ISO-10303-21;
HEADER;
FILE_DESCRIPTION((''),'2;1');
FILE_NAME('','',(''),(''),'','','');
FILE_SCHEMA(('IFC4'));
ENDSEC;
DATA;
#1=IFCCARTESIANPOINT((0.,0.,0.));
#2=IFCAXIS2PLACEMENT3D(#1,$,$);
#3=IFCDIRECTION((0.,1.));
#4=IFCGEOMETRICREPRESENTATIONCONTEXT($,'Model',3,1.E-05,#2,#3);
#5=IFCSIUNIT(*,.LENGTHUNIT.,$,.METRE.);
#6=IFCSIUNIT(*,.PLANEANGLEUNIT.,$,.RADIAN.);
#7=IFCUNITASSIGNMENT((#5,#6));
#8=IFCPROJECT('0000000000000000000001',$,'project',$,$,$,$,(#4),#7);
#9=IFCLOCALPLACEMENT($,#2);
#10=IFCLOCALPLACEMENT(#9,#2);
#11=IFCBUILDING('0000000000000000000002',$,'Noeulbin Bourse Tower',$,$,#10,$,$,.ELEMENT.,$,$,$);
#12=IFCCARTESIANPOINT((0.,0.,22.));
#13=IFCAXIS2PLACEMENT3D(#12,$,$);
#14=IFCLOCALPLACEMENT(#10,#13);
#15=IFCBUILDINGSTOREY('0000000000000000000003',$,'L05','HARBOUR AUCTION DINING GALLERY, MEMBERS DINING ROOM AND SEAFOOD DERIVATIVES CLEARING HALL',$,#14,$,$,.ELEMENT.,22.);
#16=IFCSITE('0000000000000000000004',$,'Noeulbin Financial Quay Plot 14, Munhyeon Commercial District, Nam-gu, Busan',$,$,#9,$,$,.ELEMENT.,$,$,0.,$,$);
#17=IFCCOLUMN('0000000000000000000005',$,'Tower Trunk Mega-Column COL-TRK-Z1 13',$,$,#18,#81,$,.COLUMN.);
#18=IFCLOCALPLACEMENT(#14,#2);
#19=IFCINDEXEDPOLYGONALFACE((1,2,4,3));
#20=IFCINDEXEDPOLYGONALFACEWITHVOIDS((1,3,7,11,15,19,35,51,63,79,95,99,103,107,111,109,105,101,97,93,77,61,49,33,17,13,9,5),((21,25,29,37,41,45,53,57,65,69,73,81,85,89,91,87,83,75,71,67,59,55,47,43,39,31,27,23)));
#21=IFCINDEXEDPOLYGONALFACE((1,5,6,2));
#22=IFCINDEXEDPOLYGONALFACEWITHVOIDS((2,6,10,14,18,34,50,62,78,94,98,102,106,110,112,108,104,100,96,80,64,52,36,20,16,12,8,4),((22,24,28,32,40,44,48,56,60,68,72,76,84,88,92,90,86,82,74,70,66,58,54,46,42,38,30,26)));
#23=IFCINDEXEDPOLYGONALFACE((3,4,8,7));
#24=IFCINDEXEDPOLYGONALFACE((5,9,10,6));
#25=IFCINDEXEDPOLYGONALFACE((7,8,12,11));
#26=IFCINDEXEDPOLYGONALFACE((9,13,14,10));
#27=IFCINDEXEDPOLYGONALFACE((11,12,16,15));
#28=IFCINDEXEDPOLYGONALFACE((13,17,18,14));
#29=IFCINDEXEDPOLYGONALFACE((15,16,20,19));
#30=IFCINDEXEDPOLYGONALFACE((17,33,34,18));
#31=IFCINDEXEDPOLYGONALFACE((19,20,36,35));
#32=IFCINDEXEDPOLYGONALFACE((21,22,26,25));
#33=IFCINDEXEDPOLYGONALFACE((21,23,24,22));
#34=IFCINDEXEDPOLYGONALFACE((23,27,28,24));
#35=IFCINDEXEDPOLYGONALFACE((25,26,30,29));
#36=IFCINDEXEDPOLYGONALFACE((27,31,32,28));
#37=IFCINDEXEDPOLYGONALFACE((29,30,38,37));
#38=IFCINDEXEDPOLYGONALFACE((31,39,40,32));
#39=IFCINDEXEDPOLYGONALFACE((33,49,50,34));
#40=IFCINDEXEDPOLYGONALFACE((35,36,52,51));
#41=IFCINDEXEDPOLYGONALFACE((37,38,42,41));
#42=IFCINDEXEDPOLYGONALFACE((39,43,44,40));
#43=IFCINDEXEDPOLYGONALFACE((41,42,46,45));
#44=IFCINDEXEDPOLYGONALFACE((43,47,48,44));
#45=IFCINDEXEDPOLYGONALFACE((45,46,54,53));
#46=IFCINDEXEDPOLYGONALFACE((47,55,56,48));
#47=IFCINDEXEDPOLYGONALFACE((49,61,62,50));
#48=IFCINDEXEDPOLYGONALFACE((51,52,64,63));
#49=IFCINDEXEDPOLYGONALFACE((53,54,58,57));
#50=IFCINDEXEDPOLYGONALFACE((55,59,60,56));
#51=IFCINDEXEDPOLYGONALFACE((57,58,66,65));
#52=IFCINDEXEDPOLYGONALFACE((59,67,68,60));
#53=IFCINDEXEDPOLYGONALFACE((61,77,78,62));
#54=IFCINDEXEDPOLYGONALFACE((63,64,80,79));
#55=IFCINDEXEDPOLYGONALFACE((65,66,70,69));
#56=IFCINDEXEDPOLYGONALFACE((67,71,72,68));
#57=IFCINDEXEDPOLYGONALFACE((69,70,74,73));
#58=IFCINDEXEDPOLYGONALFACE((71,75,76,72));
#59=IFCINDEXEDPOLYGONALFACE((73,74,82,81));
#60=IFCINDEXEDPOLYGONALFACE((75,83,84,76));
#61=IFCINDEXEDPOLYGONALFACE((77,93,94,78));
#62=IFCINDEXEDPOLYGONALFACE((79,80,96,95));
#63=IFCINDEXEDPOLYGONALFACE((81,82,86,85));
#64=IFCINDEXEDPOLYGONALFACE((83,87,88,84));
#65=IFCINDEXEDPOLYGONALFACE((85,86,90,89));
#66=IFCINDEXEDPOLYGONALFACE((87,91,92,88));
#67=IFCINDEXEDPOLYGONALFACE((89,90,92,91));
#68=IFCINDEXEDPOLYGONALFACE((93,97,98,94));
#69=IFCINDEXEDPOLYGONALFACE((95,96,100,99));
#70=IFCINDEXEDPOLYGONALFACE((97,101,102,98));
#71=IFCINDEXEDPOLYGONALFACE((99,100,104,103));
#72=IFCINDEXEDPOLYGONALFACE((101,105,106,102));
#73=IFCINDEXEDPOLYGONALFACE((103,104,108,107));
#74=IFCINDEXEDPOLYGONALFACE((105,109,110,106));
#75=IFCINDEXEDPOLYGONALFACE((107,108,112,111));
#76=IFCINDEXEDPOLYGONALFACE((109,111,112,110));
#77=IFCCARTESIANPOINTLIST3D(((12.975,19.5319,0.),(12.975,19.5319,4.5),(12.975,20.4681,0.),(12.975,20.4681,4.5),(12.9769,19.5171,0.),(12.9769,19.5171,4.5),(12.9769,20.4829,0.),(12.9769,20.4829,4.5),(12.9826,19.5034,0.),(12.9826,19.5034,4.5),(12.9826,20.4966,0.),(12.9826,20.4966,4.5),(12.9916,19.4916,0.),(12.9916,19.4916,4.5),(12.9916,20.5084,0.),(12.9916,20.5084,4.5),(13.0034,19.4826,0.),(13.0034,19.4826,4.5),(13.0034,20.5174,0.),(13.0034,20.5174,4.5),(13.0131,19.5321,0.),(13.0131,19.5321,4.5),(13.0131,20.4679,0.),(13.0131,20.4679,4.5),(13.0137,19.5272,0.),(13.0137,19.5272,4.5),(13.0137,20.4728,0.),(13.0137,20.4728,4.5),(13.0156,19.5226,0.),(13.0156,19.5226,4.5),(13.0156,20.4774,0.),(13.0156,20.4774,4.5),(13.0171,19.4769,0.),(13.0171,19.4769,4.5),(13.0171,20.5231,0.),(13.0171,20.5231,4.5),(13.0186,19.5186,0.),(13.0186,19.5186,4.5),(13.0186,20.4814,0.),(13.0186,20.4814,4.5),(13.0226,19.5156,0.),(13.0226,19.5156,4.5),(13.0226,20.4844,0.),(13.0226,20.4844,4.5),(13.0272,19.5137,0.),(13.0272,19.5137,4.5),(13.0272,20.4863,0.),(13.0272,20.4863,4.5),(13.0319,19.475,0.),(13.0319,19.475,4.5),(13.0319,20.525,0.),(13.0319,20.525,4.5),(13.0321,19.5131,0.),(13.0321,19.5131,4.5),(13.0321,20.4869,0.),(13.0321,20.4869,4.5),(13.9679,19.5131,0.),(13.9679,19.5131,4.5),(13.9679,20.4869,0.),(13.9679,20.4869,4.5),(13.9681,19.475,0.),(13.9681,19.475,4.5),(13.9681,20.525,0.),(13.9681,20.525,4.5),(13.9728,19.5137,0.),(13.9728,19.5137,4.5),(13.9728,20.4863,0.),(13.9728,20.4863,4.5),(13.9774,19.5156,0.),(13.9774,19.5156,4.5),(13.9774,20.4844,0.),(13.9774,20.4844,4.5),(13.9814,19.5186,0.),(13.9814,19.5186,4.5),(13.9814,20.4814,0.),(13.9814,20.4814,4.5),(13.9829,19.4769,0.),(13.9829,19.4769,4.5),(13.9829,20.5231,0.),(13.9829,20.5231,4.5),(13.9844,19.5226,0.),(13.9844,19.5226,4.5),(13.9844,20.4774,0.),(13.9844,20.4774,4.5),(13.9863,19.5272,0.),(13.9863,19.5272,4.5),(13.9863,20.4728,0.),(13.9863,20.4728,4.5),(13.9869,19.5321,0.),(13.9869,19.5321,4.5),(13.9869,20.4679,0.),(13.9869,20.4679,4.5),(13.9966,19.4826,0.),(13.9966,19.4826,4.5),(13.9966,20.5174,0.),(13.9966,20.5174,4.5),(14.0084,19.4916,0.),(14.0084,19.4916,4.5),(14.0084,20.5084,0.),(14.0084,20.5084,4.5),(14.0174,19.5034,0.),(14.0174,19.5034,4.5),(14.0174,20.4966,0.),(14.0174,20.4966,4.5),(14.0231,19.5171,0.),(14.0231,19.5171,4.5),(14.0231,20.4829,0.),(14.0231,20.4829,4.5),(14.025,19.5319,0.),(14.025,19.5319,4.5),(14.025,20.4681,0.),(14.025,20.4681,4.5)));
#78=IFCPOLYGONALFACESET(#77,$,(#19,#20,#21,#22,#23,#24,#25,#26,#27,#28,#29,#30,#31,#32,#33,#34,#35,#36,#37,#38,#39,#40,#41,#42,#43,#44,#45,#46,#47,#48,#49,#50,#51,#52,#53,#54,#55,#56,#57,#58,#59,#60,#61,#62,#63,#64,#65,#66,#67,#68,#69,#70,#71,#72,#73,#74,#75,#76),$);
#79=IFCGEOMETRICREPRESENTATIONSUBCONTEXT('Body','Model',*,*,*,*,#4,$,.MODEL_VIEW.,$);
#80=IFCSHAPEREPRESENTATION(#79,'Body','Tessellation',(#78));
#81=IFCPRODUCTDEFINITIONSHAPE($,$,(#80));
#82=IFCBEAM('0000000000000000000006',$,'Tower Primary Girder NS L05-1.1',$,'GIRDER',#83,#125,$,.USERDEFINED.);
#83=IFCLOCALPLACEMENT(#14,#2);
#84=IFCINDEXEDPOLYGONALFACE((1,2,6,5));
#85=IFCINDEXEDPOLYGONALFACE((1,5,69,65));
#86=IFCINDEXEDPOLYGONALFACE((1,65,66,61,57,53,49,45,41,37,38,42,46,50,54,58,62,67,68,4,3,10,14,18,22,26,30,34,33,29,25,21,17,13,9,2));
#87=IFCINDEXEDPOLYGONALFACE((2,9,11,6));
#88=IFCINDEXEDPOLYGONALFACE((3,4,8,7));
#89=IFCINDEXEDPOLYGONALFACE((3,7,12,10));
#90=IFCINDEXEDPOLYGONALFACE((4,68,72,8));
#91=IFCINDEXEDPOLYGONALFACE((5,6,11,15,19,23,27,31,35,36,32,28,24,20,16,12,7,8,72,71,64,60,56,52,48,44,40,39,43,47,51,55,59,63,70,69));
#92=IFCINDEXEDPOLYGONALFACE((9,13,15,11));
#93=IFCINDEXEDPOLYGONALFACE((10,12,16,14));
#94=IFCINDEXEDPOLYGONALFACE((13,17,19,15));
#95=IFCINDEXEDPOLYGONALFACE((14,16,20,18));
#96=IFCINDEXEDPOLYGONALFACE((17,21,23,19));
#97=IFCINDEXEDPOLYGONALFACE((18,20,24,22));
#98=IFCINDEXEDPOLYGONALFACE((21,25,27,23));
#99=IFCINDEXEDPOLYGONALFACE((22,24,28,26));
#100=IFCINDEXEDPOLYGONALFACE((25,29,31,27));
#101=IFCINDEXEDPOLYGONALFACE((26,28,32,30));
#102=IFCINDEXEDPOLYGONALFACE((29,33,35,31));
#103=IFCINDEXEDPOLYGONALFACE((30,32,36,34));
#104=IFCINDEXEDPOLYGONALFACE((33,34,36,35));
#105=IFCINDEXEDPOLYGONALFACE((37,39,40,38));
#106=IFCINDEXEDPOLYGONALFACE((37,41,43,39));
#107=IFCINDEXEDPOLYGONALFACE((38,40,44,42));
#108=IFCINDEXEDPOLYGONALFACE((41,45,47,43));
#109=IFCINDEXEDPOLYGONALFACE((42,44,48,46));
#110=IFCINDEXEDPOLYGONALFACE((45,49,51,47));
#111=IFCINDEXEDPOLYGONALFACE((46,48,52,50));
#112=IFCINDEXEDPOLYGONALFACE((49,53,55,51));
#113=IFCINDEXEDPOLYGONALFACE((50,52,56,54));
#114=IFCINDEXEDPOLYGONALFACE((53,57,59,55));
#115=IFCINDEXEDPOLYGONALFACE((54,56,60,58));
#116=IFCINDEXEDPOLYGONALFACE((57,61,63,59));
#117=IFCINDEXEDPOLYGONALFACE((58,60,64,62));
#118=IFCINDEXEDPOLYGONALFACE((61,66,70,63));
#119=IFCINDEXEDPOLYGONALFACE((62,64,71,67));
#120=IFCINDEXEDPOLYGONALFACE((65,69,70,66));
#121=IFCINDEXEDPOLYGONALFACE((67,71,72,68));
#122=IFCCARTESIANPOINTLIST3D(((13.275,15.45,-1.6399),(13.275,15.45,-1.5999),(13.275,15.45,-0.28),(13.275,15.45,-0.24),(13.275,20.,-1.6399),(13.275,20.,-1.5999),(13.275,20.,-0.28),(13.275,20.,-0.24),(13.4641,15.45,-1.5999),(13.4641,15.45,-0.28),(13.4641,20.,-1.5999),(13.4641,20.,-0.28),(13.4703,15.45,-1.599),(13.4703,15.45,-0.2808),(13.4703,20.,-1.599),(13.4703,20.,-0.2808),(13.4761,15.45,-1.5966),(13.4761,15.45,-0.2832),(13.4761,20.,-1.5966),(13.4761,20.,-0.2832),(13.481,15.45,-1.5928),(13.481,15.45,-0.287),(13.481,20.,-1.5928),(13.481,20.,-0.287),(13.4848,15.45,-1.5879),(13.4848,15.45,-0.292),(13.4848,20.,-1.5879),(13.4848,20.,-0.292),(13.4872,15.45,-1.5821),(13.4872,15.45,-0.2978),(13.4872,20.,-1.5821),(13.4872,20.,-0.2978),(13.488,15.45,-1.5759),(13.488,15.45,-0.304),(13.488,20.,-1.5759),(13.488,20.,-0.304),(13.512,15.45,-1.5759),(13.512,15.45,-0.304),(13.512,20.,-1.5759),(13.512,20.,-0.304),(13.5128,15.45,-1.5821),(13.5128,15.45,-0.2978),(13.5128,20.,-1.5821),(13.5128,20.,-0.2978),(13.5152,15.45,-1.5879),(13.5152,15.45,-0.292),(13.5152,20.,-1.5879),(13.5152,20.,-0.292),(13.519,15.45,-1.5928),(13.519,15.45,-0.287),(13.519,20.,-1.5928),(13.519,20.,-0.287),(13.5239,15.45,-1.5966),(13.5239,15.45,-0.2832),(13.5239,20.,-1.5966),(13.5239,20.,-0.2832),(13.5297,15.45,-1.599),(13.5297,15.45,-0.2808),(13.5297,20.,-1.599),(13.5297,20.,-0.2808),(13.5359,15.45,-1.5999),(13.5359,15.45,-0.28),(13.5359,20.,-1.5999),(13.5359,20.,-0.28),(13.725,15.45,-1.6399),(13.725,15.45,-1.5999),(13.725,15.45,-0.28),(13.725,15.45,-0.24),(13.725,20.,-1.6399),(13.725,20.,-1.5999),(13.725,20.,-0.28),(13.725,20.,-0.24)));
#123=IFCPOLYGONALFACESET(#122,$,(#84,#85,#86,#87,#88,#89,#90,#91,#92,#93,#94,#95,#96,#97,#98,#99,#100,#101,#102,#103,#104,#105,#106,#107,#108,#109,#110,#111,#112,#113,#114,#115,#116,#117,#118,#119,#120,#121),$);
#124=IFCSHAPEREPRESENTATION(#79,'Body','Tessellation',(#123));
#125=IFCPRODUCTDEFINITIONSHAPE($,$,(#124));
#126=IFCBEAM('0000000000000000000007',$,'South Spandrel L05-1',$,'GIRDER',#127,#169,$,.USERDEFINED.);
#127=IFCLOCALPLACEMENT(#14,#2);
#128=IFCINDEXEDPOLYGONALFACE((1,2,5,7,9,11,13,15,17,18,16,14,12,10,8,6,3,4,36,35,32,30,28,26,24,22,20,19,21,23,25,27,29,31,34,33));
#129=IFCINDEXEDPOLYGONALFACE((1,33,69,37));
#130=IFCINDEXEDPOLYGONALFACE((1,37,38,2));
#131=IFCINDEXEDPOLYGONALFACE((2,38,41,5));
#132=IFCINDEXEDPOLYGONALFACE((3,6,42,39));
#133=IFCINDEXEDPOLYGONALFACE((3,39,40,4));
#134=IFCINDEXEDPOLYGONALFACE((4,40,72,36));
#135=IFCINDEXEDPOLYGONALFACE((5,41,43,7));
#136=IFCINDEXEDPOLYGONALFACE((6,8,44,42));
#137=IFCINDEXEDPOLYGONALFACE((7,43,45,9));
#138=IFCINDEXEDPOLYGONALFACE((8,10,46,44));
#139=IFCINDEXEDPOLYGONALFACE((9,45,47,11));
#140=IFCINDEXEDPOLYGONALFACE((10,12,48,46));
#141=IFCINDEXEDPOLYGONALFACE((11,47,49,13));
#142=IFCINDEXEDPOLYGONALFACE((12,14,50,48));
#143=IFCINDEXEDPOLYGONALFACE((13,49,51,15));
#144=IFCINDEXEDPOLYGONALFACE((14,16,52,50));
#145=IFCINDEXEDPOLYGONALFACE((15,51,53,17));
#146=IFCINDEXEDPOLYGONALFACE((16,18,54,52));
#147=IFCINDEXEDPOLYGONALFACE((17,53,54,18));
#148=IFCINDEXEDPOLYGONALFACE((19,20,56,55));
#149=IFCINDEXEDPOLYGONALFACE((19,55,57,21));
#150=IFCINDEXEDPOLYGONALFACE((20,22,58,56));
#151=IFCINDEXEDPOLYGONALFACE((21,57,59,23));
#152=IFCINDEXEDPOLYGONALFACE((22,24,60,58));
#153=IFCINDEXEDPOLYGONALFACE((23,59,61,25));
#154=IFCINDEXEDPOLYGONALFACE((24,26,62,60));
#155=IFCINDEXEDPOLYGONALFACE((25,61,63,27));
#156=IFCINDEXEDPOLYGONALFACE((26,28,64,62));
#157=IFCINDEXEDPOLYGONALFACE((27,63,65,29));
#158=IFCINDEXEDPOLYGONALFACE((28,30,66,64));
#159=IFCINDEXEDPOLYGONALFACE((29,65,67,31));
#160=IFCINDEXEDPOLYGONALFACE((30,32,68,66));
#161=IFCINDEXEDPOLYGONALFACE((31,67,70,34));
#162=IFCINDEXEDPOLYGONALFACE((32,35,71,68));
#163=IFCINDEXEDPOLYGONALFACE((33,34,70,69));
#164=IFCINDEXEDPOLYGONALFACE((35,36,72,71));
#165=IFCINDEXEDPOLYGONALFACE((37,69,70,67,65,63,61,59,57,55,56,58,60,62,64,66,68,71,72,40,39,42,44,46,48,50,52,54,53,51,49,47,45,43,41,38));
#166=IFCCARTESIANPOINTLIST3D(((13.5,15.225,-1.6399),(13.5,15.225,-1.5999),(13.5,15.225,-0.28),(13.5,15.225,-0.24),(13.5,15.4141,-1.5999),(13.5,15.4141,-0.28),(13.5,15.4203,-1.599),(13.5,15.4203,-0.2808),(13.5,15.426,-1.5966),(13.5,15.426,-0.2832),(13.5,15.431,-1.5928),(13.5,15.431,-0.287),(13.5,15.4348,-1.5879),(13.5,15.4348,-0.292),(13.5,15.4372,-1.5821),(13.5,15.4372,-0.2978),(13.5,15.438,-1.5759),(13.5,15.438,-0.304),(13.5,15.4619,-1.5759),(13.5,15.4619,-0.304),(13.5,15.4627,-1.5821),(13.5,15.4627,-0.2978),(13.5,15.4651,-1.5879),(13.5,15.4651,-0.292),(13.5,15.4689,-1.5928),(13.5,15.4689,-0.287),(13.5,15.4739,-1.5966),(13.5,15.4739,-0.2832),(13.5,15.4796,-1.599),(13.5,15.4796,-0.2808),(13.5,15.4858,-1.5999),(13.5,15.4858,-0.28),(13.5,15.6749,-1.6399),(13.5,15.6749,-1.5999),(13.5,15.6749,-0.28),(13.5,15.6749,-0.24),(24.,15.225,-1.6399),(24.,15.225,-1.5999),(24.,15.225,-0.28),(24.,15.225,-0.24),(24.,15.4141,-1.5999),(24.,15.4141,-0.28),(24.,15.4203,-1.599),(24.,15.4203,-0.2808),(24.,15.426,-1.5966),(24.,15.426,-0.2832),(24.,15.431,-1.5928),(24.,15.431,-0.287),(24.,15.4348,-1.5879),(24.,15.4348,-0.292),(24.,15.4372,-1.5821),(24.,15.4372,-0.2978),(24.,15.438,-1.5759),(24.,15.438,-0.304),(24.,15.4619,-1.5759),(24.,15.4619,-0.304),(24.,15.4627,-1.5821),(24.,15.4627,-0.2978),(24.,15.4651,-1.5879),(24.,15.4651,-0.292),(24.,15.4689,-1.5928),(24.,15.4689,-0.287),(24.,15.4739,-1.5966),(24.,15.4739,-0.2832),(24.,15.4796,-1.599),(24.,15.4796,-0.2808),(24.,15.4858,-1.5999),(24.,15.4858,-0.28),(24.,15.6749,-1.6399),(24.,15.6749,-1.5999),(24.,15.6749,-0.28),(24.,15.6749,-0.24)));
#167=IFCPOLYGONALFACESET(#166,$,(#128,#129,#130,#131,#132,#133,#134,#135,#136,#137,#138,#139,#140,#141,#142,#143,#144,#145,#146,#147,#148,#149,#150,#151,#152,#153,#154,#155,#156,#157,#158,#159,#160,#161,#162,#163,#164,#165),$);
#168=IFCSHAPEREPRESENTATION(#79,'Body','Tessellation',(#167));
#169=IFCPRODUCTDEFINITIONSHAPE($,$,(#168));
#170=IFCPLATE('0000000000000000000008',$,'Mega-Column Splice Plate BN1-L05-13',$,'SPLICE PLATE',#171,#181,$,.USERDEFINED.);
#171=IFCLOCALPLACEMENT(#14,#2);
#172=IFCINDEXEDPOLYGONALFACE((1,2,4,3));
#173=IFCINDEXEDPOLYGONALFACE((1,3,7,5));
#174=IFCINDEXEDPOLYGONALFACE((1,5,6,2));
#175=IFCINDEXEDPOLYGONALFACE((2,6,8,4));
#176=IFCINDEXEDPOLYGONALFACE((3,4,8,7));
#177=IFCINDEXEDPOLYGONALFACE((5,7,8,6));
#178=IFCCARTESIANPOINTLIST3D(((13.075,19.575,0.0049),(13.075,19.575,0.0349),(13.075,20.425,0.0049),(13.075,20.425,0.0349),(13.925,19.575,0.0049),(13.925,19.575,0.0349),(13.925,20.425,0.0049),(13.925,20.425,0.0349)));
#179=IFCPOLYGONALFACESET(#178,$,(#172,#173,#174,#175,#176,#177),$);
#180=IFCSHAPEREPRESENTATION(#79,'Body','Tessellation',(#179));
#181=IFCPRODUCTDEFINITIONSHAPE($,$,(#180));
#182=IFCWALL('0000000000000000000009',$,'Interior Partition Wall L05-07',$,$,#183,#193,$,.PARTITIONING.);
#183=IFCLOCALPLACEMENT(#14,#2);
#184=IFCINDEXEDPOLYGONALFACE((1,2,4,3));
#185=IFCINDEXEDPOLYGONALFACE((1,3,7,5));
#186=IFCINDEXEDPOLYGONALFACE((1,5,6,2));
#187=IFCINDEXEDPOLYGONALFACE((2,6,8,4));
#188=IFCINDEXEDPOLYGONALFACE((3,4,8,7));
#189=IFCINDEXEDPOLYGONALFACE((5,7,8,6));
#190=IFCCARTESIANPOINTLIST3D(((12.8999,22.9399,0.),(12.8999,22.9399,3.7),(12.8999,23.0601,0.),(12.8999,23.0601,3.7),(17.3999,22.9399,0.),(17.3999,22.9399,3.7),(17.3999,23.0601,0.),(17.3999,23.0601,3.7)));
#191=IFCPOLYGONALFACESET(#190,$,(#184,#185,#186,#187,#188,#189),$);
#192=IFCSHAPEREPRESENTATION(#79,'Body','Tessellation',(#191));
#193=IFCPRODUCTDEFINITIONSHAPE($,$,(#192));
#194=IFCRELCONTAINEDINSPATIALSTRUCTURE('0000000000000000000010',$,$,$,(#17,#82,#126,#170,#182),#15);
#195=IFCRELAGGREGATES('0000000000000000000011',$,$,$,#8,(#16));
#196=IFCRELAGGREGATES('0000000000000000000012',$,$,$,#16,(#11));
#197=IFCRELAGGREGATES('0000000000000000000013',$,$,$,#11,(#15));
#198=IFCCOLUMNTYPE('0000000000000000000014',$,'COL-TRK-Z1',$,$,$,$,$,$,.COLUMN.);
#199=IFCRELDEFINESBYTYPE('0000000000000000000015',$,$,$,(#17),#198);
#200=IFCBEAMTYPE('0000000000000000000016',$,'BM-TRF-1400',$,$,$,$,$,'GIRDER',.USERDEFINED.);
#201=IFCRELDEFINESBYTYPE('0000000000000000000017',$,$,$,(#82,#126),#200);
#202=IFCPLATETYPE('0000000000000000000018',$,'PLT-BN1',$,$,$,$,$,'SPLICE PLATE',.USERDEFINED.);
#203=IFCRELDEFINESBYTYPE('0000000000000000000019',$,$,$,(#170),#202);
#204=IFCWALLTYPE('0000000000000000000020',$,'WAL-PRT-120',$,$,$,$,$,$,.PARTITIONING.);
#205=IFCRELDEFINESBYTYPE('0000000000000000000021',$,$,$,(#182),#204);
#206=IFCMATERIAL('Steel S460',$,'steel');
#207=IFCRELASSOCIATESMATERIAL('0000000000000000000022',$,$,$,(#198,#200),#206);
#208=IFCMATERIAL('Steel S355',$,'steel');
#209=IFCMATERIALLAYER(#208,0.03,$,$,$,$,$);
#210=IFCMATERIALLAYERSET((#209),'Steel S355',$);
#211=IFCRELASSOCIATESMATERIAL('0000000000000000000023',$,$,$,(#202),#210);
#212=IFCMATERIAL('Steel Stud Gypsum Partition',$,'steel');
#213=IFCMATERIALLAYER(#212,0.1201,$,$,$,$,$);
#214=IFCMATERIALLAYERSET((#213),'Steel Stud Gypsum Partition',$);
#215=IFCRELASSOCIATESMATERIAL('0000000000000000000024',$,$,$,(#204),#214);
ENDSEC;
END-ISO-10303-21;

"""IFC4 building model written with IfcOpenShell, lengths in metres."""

from ifc_helpers import new_model, si_unit, direction, frame, frame_2d, origin, origin_2d, place, context, subcontext, project, spatial, rectangle, hollow_rectangle, i_section, extrude, material, layer, layer_set, material_profile, profile_set, type_object, element, save


model = new_model("IFC4")

# Units and contexts
model_context = context("Model", 3, precision=1e-05, world=origin(), true_north=direction((0.0, 1.0)))
body_context = subcontext(model_context, "Body", "Model", "MODEL_VIEW")
ifc_project = project(units=[si_unit("LENGTHUNIT", "METRE"), si_unit("PLANEANGLEUNIT", "RADIAN")], contexts=[model_context])

# Site, building, storey
site_placement = place(None, origin())
site = spatial("IfcSite", under=ifc_project, at=site_placement, Name="Noeulbin Financial Quay Plot 14, Munhyeon Commercial District, Nam-gu, Busan", CompositionType="ELEMENT", RefElevation=0.0)
building_placement = place(site_placement, origin())
building = spatial("IfcBuilding", under=site, at=building_placement, Name="Noeulbin Bourse Tower", CompositionType="ELEMENT")
storey_placement = place(building_placement, frame((0.0, 0.0, 22.0)))
storey = spatial("IfcBuildingStorey", under=building, at=storey_placement, Name="L05", Description="HARBOUR AUCTION DINING GALLERY, MEMBERS DINING ROOM AND SEAFOOD DERIVATIVES CLEARING HALL", CompositionType="ELEMENT", Elevation=22.0)

# Column
ifc_material_1 = material(Name="Steel S460", Category="steel")
ifc_material_profile_1 = material_profile(ifc_material_1, hollow_rectangle(XDim=1.05, YDim=1.05, WallThickness=0.0381, InnerFilletRadius=0.019, OuterFilletRadius=0.0569, at=origin_2d()), Name="BOX-1050x1050x38", Category="LoadBearing")
ifc_profile_set_1 = profile_set([ifc_material_profile_1], Name="Steel S460")
column_type = type_object("IfcColumnType", Name="COL-TRK-Z1", PredefinedType="COLUMN", material=ifc_profile_set_1)
column_placement = place(storey_placement, frame((13.5, 20.0, 0.0), z_axis=(0.0, 0.0, 1.0), x_axis=(1.0, 0.0, 0.0)))
element("IfcColumn", 1, at=column_placement, inside=storey, type_object=column_type, Name="Tower Trunk Mega-Column COL-TRK-Z1 13", PredefinedType="COLUMN", context=body_context, shape_type="SweptSolid", body=[
    extrude(hollow_rectangle(XDim=1.05, YDim=1.05, WallThickness=0.0381, InnerFilletRadius=0.019, OuterFilletRadius=0.0569, at=origin_2d()), origin(), (0.0, 0.0, 1.0), 4.5),
])

# Beams
ifc_material_profile_2 = material_profile(ifc_material_1, i_section(OverallWidth=0.45, OverallDepth=1.3999, WebThickness=0.0239, FlangeThickness=0.04, FilletRadius=0.0239, at=origin_2d()), Name="PG-1400x450x24x40", Category="LoadBearing")
ifc_profile_set_2 = profile_set([ifc_material_profile_2], Name="Steel S460")
beam_type = type_object("IfcBeamType", Name="BM-TRF-1400", ElementType="GIRDER", PredefinedType="USERDEFINED", material=ifc_profile_set_2)
beam_1_placement = place(storey_placement, frame((13.5, 15.45, -0.9399), z_axis=(0.0, 1.0, 0.0), x_axis=(-1.0, 0.0, 0.0)))
element("IfcBeam", 2, at=beam_1_placement, inside=storey, type_object=beam_type, Name="Tower Primary Girder NS L05-1.1", ObjectType="GIRDER", PredefinedType="USERDEFINED", context=body_context, shape_type="SweptSolid", body=[
    extrude(i_section(OverallWidth=0.45, OverallDepth=1.3999, WebThickness=0.0239, FlangeThickness=0.04, FilletRadius=0.0239, at=origin_2d()), origin(), (0.0, 0.0, 1.0), 4.55),
])
beam_2_placement = place(storey_placement, frame((13.5, 15.45, -0.9399), z_axis=(1.0, 0.0, 0.0), x_axis=(0.0, 1.0, 0.0)))
element("IfcBeam", 3, at=beam_2_placement, inside=storey, type_object=beam_type, Name="South Spandrel L05-1", ObjectType="GIRDER", PredefinedType="USERDEFINED", context=body_context, shape_type="SweptSolid", body=[
    extrude(i_section(OverallWidth=0.45, OverallDepth=1.3999, WebThickness=0.0239, FlangeThickness=0.04, FilletRadius=0.0239, at=origin_2d()), origin(), (0.0, 0.0, 1.0), 10.5),
])

# Plate
ifc_material_2 = material(Name="Steel S355", Category="steel")
ifc_layer_1 = layer(ifc_material_2, 0.03)
ifc_layer_set_1 = layer_set([ifc_layer_1], Name="Steel S355")
plate_type = type_object("IfcPlateType", Name="PLT-BN1", ElementType="SPLICE PLATE", PredefinedType="USERDEFINED", material=ifc_layer_set_1)
plate_placement = place(storey_placement, frame((13.5, 20.0, 0.0049), z_axis=(0.0, 0.0, 1.0), x_axis=(1.0, 0.0, 0.0)))
element("IfcPlate", 4, at=plate_placement, inside=storey, type_object=plate_type, Name="Mega-Column Splice Plate BN1-L05-13", ObjectType="SPLICE PLATE", PredefinedType="USERDEFINED", context=body_context, shape_type="SweptSolid", body=[
    extrude(rectangle(XDim=0.8501, YDim=0.8501, at=origin_2d()), origin(), (0.0, 0.0, 1.0), 0.03),
])

# Wall
ifc_material_3 = material(Name="Steel Stud Gypsum Partition", Category="steel")
ifc_layer_2 = layer(ifc_material_3, 0.1201)
ifc_layer_set_2 = layer_set([ifc_layer_2], Name="Steel Stud Gypsum Partition")
wall_type_1 = type_object("IfcWallType", Name="WAL-PRT-120", PredefinedType="PARTITIONING", material=ifc_layer_set_2)
wall_1_placement = place(storey_placement, frame((12.8999, 23.0, 0.0), z_axis=(0.0, 0.0, 1.0), x_axis=(1.0, 0.0, 0.0)))
element("IfcWall", 5, at=wall_1_placement, inside=storey, type_object=wall_type_1, Name="Interior Partition Wall L05-07", PredefinedType="PARTITIONING", context=body_context, shape_type="SweptSolid", body=[
    extrude(rectangle(XDim=4.5, YDim=0.1201, at=frame_2d((2.25, 0.0))), origin(), (0.0, 0.0, 1.0), 3.7),
])

save(model, "model.ifc")
